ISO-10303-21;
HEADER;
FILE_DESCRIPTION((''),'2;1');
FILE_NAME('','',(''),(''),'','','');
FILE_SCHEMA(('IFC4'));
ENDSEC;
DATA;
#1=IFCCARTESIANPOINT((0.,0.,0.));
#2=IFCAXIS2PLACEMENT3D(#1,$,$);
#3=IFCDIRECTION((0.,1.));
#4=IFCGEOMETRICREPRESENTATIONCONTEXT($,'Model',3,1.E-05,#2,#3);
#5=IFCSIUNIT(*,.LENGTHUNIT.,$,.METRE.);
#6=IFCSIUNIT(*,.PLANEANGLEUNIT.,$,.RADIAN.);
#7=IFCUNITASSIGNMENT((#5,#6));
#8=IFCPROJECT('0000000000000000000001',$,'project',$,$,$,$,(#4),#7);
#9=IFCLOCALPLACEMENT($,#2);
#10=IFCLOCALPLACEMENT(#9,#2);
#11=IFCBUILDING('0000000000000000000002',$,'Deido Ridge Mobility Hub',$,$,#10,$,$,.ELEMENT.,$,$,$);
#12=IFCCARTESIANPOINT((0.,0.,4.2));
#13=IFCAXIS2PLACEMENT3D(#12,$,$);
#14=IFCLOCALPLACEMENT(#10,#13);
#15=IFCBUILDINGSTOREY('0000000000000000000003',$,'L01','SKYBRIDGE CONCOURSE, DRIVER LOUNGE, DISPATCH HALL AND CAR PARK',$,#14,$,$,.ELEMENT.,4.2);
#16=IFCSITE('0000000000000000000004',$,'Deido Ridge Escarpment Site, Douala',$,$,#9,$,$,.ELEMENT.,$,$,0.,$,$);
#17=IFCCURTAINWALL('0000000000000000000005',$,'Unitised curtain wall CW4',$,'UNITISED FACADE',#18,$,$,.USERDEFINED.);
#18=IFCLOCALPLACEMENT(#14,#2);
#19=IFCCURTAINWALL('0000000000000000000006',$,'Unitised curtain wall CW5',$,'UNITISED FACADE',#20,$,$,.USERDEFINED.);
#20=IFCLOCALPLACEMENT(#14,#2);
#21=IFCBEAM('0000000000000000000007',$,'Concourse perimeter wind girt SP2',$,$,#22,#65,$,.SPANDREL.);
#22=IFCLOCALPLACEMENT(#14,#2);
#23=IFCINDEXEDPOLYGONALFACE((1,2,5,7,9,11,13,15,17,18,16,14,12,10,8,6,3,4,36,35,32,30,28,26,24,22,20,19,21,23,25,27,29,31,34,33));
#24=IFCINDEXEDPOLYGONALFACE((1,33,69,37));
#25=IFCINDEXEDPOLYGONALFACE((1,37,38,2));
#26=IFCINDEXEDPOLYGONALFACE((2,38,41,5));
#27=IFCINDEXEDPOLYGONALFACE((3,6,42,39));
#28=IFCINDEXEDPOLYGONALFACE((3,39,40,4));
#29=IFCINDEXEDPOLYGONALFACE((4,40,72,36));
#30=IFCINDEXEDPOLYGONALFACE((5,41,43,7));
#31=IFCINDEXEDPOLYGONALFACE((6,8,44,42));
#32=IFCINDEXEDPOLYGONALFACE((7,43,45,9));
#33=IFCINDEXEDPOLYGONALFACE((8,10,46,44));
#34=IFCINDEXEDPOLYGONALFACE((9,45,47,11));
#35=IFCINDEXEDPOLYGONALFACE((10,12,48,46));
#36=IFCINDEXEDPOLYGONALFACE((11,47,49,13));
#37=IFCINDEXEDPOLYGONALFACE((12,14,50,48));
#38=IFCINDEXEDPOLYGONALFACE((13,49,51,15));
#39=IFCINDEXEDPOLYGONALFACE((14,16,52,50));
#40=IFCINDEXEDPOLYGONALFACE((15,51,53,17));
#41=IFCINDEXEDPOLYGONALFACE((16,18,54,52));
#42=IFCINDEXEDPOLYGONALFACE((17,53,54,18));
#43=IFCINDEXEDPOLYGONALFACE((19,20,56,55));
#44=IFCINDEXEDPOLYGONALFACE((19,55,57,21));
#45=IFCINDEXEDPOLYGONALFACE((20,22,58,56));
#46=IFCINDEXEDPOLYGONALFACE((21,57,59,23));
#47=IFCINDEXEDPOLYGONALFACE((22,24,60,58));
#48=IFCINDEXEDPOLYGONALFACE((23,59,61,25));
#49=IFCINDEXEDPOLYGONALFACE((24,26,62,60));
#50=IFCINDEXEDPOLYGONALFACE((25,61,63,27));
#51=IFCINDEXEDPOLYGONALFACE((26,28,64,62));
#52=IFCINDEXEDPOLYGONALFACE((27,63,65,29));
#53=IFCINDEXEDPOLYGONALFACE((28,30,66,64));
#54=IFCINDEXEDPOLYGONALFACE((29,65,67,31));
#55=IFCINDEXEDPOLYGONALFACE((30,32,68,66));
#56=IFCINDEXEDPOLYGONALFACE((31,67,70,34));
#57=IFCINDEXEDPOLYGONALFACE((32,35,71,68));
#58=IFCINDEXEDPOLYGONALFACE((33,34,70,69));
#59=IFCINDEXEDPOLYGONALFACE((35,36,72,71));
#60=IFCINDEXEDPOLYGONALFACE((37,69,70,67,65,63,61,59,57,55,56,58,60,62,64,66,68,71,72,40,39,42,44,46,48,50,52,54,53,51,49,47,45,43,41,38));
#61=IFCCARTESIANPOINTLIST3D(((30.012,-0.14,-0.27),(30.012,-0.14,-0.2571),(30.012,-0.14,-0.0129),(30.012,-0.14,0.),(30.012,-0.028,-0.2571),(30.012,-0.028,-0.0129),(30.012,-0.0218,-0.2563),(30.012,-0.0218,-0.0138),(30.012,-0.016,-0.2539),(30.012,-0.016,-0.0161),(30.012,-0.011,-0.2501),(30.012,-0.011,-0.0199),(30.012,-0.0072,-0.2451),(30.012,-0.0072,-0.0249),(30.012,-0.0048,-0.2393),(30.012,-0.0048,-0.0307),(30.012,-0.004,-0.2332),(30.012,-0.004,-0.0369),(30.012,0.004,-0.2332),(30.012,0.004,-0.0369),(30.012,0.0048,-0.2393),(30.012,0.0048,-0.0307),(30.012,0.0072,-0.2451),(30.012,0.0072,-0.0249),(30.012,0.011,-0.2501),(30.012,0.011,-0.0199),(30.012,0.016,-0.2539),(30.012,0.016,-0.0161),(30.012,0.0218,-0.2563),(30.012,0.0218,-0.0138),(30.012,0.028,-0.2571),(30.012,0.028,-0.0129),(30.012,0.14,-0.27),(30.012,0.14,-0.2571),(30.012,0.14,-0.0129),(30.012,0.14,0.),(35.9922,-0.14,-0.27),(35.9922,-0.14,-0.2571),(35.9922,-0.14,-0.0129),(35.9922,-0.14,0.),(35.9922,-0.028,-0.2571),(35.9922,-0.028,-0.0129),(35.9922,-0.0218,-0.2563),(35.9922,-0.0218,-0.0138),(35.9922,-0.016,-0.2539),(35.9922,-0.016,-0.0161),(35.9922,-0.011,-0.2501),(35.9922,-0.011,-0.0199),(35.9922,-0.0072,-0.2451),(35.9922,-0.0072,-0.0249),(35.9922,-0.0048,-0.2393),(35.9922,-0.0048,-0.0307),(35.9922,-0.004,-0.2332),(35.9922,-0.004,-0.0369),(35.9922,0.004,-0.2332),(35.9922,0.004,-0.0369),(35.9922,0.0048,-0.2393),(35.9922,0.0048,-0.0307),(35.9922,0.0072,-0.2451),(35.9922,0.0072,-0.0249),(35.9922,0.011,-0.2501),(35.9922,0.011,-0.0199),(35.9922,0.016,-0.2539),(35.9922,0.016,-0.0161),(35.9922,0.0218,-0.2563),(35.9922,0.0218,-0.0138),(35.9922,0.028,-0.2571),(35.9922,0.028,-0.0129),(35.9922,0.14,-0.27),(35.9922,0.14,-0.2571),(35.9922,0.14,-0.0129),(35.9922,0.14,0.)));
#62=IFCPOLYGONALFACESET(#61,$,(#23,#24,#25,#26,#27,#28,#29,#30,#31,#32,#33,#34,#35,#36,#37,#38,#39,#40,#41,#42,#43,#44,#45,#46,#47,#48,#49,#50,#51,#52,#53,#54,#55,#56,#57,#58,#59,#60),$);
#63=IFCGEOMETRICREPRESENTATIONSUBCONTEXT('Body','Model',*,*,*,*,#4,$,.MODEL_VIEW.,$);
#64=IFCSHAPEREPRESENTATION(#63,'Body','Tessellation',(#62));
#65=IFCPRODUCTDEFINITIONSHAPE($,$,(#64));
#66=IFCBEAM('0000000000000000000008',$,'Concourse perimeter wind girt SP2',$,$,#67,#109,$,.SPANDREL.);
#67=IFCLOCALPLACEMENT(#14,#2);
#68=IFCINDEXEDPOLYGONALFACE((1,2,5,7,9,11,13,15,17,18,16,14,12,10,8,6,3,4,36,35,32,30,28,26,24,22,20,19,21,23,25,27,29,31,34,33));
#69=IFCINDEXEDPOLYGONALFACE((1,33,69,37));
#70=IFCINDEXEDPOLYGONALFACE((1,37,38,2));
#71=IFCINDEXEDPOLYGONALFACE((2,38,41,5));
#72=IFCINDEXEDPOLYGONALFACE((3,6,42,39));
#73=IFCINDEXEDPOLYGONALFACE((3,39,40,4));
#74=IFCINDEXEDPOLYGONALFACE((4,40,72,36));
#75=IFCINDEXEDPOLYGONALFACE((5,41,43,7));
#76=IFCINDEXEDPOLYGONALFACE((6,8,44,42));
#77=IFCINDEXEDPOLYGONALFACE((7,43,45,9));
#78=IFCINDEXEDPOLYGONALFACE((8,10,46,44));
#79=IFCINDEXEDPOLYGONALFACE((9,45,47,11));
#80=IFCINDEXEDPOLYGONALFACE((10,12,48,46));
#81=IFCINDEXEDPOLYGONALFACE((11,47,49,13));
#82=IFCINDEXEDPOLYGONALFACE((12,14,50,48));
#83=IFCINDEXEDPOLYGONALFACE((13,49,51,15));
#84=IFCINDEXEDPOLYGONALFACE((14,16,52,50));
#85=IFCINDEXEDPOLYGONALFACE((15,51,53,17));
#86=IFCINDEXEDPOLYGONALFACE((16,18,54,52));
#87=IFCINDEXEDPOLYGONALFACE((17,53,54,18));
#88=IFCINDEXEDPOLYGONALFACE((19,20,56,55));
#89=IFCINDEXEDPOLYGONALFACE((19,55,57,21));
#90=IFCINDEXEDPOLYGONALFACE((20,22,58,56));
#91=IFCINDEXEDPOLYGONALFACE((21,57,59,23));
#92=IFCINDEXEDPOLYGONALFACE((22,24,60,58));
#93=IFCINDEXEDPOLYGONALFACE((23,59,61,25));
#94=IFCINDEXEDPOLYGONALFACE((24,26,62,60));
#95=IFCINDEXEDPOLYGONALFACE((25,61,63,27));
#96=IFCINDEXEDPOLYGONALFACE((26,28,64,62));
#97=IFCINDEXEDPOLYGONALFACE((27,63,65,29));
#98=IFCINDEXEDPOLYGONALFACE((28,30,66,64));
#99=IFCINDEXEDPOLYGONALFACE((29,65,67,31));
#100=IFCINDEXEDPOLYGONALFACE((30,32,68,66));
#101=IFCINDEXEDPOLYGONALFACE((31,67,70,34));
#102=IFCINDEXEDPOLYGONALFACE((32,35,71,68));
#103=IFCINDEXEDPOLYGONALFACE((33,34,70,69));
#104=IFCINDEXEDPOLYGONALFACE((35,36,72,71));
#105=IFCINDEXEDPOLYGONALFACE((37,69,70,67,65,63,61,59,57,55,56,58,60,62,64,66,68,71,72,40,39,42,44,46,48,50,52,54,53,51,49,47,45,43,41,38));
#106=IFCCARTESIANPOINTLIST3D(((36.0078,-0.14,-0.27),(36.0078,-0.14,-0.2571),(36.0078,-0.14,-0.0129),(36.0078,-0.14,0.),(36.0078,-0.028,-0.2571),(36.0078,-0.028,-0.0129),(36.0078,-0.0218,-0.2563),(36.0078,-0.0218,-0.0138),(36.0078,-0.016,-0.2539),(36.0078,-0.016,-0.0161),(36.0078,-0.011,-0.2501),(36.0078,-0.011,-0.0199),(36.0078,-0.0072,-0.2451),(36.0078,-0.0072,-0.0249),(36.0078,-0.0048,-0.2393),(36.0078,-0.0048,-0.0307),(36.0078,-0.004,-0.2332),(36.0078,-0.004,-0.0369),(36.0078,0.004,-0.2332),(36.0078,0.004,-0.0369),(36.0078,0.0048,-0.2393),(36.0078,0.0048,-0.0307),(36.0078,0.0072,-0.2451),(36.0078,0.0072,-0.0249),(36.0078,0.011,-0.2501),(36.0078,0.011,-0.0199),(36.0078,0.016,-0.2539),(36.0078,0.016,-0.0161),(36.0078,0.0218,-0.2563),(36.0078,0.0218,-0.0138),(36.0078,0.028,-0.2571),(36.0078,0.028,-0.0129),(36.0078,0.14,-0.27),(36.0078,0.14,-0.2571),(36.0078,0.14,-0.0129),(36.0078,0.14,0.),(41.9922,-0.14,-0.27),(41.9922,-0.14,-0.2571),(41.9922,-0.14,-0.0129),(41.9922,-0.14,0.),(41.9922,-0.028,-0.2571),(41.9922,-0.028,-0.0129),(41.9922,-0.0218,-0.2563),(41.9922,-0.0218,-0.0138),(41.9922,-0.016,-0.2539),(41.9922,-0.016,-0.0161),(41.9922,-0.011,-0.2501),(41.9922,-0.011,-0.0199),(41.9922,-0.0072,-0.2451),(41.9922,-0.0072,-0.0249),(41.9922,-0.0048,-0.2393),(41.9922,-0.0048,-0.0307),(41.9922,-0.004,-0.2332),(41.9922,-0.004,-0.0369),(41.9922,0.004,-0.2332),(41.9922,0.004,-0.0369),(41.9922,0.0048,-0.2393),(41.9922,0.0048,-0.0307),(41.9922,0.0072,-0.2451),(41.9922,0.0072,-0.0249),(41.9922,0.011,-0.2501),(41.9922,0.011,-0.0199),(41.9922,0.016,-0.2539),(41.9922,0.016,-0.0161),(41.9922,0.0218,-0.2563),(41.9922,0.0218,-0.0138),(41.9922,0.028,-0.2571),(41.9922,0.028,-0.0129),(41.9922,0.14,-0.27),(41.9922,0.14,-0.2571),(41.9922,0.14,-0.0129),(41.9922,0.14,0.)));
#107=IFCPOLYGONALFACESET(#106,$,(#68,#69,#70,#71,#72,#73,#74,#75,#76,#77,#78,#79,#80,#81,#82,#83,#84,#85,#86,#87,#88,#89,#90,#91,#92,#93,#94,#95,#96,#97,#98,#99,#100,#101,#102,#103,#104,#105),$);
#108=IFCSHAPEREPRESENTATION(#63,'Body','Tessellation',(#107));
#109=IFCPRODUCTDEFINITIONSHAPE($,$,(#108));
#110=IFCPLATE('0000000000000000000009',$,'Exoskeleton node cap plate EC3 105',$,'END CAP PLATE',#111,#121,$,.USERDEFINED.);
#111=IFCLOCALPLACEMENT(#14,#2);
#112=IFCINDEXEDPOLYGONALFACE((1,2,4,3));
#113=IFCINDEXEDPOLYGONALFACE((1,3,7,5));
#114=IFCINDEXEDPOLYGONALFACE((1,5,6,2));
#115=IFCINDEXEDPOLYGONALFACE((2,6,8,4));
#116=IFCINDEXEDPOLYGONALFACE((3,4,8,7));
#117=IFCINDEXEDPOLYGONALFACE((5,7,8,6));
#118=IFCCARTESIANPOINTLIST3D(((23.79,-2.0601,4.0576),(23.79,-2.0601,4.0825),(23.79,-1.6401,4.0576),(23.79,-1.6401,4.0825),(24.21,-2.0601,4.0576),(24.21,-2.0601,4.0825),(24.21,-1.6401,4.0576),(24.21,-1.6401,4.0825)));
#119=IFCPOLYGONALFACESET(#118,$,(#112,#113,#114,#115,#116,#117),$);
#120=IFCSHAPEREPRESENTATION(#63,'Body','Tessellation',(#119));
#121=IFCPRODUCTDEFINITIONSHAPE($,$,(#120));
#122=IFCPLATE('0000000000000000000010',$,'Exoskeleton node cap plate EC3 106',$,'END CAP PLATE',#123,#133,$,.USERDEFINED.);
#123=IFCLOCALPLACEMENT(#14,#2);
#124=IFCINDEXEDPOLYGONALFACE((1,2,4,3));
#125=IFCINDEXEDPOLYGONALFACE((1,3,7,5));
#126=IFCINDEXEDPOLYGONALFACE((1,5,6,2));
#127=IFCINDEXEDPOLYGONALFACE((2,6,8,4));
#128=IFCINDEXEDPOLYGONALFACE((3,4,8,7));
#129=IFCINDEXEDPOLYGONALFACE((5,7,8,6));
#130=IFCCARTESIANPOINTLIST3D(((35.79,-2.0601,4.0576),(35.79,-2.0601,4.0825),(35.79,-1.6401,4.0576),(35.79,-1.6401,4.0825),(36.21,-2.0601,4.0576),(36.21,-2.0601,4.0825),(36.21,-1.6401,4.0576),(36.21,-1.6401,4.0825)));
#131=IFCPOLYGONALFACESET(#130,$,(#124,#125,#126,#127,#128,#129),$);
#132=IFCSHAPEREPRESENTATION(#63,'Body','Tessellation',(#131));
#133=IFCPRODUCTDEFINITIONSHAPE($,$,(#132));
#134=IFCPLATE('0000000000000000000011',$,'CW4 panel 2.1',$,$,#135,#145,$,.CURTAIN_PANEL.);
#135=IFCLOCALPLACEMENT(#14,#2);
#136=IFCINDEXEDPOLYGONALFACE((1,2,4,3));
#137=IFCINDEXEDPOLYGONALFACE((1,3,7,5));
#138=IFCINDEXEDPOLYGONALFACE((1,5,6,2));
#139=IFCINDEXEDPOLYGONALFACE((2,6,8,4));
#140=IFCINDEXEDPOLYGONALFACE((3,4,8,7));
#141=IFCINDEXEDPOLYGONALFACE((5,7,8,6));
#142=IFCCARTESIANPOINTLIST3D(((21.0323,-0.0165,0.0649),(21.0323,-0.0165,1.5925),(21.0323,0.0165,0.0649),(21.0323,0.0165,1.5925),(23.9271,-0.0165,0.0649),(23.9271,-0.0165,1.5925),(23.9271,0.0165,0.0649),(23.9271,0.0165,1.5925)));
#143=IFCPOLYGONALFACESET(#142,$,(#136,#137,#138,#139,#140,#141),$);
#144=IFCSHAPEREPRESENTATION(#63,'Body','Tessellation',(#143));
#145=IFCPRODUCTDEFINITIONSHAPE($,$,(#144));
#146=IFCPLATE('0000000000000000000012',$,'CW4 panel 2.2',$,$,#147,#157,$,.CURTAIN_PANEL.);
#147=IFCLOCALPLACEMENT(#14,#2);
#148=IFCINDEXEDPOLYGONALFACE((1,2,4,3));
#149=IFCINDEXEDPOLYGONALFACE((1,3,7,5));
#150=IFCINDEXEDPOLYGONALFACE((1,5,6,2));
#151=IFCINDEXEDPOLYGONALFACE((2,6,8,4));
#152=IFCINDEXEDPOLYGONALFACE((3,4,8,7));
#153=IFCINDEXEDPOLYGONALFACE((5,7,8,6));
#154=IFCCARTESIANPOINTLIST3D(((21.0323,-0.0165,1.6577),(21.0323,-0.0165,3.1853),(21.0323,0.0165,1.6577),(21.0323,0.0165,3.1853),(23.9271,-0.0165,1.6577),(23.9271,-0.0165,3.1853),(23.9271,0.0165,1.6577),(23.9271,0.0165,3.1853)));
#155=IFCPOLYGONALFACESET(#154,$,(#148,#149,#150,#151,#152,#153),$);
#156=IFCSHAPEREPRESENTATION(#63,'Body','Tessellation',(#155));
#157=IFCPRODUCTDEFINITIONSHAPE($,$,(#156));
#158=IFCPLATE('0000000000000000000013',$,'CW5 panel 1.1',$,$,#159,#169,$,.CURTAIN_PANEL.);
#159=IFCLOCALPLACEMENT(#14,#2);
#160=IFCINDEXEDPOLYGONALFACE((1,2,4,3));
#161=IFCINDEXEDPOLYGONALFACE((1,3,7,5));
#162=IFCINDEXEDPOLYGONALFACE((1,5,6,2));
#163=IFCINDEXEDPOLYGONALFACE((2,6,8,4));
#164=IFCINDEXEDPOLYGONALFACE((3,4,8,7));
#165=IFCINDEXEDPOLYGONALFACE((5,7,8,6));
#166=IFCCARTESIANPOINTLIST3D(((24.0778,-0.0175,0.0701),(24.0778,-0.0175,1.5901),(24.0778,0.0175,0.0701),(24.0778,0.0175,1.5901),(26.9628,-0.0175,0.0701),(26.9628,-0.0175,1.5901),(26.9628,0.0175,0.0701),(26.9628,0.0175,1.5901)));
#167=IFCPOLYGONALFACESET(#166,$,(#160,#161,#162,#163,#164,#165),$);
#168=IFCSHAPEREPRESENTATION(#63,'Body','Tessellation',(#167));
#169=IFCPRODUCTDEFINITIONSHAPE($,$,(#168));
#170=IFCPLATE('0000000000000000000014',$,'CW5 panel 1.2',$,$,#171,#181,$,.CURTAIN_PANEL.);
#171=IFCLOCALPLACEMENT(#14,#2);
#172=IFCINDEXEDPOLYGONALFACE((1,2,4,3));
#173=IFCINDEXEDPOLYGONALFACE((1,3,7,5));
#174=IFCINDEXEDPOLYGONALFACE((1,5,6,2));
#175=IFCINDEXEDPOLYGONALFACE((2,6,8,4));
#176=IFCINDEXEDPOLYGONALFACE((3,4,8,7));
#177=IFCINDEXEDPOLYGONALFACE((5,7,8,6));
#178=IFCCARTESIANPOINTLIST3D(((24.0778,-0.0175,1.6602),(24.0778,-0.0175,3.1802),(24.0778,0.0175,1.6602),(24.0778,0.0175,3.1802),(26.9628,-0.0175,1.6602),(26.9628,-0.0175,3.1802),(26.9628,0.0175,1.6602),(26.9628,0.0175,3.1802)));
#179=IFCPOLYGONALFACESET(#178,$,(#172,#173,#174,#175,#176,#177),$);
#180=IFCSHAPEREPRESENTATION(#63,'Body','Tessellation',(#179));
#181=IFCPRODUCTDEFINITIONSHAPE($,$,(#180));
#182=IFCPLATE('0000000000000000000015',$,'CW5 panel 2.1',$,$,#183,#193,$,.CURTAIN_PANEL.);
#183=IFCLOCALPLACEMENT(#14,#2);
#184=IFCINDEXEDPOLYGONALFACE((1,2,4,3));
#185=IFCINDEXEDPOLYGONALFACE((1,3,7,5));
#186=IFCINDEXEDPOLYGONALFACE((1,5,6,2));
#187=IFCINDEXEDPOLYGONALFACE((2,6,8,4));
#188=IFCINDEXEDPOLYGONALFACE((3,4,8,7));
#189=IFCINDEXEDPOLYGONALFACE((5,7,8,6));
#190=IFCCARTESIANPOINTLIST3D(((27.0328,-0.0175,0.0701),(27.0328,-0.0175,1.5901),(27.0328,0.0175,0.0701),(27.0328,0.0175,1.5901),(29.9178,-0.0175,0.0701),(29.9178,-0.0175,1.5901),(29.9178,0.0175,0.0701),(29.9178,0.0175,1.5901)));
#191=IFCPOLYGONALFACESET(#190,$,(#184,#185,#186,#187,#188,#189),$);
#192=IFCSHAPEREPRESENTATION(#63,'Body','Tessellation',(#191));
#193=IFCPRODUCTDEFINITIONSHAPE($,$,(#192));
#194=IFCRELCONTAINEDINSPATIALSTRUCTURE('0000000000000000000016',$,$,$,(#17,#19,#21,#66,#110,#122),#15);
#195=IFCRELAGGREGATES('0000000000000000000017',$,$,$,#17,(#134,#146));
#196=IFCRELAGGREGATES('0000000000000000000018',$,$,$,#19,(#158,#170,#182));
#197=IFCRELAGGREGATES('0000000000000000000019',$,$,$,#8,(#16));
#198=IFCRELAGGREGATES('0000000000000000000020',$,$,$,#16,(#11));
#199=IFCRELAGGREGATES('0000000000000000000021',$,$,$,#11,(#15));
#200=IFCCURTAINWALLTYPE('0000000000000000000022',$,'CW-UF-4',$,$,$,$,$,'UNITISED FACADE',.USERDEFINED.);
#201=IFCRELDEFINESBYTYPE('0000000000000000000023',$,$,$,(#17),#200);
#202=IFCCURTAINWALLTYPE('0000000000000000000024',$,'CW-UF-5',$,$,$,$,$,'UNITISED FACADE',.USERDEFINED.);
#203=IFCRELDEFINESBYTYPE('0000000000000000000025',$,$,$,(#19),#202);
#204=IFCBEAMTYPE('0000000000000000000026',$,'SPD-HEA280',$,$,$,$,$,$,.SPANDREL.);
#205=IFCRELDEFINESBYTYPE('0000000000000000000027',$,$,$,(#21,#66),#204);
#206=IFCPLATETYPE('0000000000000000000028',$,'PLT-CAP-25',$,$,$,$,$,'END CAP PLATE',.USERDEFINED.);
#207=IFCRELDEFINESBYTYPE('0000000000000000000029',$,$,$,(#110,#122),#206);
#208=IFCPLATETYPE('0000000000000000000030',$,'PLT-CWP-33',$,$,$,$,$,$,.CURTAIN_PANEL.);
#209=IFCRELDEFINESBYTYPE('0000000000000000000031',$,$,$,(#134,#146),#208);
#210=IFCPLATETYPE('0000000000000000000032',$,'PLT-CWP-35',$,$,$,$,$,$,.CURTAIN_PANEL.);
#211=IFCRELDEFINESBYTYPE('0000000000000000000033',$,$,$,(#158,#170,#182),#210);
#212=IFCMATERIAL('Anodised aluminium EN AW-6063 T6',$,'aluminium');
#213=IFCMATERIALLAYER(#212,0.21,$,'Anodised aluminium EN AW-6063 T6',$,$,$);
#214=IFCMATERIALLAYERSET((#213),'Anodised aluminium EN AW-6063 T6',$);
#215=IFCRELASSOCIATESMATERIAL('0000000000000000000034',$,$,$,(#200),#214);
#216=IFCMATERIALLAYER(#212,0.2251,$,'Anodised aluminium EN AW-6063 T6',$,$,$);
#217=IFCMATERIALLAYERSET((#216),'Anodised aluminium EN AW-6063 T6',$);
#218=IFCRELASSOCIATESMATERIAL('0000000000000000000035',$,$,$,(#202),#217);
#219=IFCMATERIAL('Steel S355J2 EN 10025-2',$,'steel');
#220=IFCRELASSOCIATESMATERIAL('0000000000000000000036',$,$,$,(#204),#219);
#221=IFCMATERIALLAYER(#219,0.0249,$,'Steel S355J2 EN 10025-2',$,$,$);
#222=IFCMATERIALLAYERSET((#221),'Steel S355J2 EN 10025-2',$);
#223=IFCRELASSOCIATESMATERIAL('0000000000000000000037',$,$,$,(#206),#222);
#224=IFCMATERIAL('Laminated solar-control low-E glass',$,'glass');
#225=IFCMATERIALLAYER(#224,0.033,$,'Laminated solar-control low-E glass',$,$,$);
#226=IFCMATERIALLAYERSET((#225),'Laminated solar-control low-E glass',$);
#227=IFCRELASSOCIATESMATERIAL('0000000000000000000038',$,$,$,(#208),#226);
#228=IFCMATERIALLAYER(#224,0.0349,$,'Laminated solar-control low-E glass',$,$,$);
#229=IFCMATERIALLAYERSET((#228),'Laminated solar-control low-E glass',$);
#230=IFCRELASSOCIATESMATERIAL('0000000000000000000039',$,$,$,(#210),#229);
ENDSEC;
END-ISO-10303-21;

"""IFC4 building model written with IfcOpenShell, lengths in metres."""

from ifc_helpers import new_model, si_unit, direction, frame, origin, origin_2d, place, context, subcontext, project, spatial, rectangle, i_section, extrude, material, layer, layer_set, material_profile, profile_set, type_object, element, aggregate, save


model = new_model("IFC4")

# Units and contexts
model_context = context("Model", 3, precision=1e-05, world=origin(), true_north=direction((0.0, 1.0)))
body_context = subcontext(model_context, "Body", "Model", "MODEL_VIEW")
ifc_project = project(units=[si_unit("LENGTHUNIT", "METRE"), si_unit("PLANEANGLEUNIT", "RADIAN")], contexts=[model_context])

# Site, building, storey
site_placement = place(None, origin())
site = spatial("IfcSite", under=ifc_project, at=site_placement, Name="Deido Ridge Escarpment Site, Douala", CompositionType="ELEMENT", RefElevation=0.0)
building_placement = place(site_placement, origin())
building = spatial("IfcBuilding", under=site, at=building_placement, Name="Deido Ridge Mobility Hub", CompositionType="ELEMENT")
storey_placement = place(building_placement, frame((0.0, 0.0, 4.2)))
storey = spatial("IfcBuildingStorey", under=building, at=storey_placement, Name="L01", Description="SKYBRIDGE CONCOURSE, DRIVER LOUNGE, DISPATCH HALL AND CAR PARK", CompositionType="ELEMENT", Elevation=4.2)

# Shared definitions
ifc_material_1 = material(Name="Steel S355J2 EN 10025-2", Category="steel")

# Curtain wall
ifc_material_2 = material(Name="Anodised aluminium EN AW-6063 T6", Category="aluminium")
ifc_layer_1 = layer(ifc_material_2, 0.21, Name="Anodised aluminium EN AW-6063 T6")
ifc_layer_set_1 = layer_set([ifc_layer_1], Name="Anodised aluminium EN AW-6063 T6")
curtain_wall_type_1 = type_object("IfcCurtainWallType", Name="CW-UF-4", ElementType="UNITISED FACADE", PredefinedType="USERDEFINED", material=ifc_layer_set_1)
curtain_wall_1_placement = place(storey_placement, origin())
curtain_wall_1 = element("IfcCurtainWall", 1, at=curtain_wall_1_placement, inside=storey, type_object=curtain_wall_type_1, Name="Unitised curtain wall CW4", ObjectType="UNITISED FACADE", PredefinedType="USERDEFINED")

# Curtain wall
ifc_layer_2 = layer(ifc_material_2, 0.2251, Name="Anodised aluminium EN AW-6063 T6")
ifc_layer_set_2 = layer_set([ifc_layer_2], Name="Anodised aluminium EN AW-6063 T6")
curtain_wall_type_2 = type_object("IfcCurtainWallType", Name="CW-UF-5", ElementType="UNITISED FACADE", PredefinedType="USERDEFINED", material=ifc_layer_set_2)
curtain_wall_2_placement = place(storey_placement, origin())
curtain_wall_2 = element("IfcCurtainWall", 2, at=curtain_wall_2_placement, inside=storey, type_object=curtain_wall_type_2, Name="Unitised curtain wall CW5", ObjectType="UNITISED FACADE", PredefinedType="USERDEFINED")

# Beams
ifc_material_profile_1 = material_profile(ifc_material_1, i_section(OverallWidth=0.28, OverallDepth=0.27, WebThickness=0.0081, FlangeThickness=0.0129, FilletRadius=0.0239, at=origin_2d()), Name="HEA 280")
ifc_profile_set_1 = profile_set([ifc_material_profile_1], Name="Steel S355J2 EN 10025-2")
beam_type = type_object("IfcBeamType", Name="SPD-HEA280", PredefinedType="SPANDREL", material=ifc_profile_set_1)
for number, where, z_axis, x_axis, name in (
    (3, (30.012, 0.0, -0.135), (1.0, 0.0, 0.0), (0.0, 1.0, 0.0), "Concourse perimeter wind girt SP2"),
):
    element("IfcBeam", number, at=place(storey_placement, frame(where, z_axis=z_axis, x_axis=x_axis)), inside=storey, type_object=beam_type, Name=name, PredefinedType="SPANDREL", context=body_context, shape_type="SweptSolid", body=[
        extrude(i_section(OverallWidth=0.28, OverallDepth=0.27, WebThickness=0.0081, FlangeThickness=0.0129, FilletRadius=0.0239, at=origin_2d()), origin(), (0.0, 0.0, 1.0), 5.9802),
    ])
beam_placement = place(storey_placement, frame((36.0078, 0.0, -0.135), z_axis=(1.0, 0.0, 0.0), x_axis=(0.0, 1.0, 0.0)))
element("IfcBeam", 4, at=beam_placement, inside=storey, type_object=beam_type, Name="Concourse perimeter wind girt SP2", PredefinedType="SPANDREL", context=body_context, shape_type="SweptSolid", body=[
    extrude(i_section(OverallWidth=0.28, OverallDepth=0.27, WebThickness=0.0081, FlangeThickness=0.0129, FilletRadius=0.0239, at=origin_2d()), origin(), (0.0, 0.0, 1.0), 5.9844),
])

# Plates
ifc_layer_3 = layer(ifc_material_1, 0.0249, Name="Steel S355J2 EN 10025-2")
ifc_layer_set_3 = layer_set([ifc_layer_3], Name="Steel S355J2 EN 10025-2")
plate_type_1 = type_object("IfcPlateType", Name="PLT-CAP-25", ElementType="END CAP PLATE", PredefinedType="USERDEFINED", material=ifc_layer_set_3)
for number, where, z_axis, x_axis, name in (
    (5, (24.0, -1.8501, 4.0576), (0.0, 0.0, 1.0), (1.0, 0.0, 0.0), "Exoskeleton node cap plate EC3 105"),
    (6, (36.0, -1.8501, 4.0576), (0.0, 0.0, 1.0), (1.0, 0.0, 0.0), "Exoskeleton node cap plate EC3 106"),
):
    element("IfcPlate", number, at=place(storey_placement, frame(where, z_axis=z_axis, x_axis=x_axis)), inside=storey, type_object=plate_type_1, Name=name, ObjectType="END CAP PLATE", PredefinedType="USERDEFINED", context=body_context, shape_type="SweptSolid", body=[
        extrude(rectangle(XDim=0.4199, YDim=0.4199, at=origin_2d()), origin(), (0.0, 0.0, 1.0), 0.0249),
    ])

# Plates
ifc_material_3 = material(Name="Laminated solar-control low-E glass", Category="glass")
ifc_layer_4 = layer(ifc_material_3, 0.033, Name="Laminated solar-control low-E glass")
ifc_layer_set_4 = layer_set([ifc_layer_4], Name="Laminated solar-control low-E glass")
plate_type_2 = type_object("IfcPlateType", Name="PLT-CWP-33", PredefinedType="CURTAIN_PANEL", material=ifc_layer_set_4)
plate_1_placement = place(storey_placement, frame((22.4797, 0.0, 0.0649), z_axis=(0.0, 0.0, 1.0), x_axis=(1.0, 0.0, 0.0)))
plate_1 = element("IfcPlate", 7, at=plate_1_placement, type_object=plate_type_2, Name="CW4 panel 2.1", PredefinedType="CURTAIN_PANEL", context=body_context, shape_type="SweptSolid", body=[
    extrude(rectangle(XDim=2.8948, YDim=0.033, at=origin_2d()), origin(), (0.0, 0.0, 1.0), 1.5276),
])
plate_2_placement = place(storey_placement, frame((22.4797, 0.0, 1.6577), z_axis=(0.0, 0.0, 1.0), x_axis=(1.0, 0.0, 0.0)))
plate_2 = element("IfcPlate", 8, at=plate_2_placement, type_object=plate_type_2, Name="CW4 panel 2.2", PredefinedType="CURTAIN_PANEL", context=body_context, shape_type="SweptSolid", body=[
    extrude(rectangle(XDim=2.8948, YDim=0.033, at=origin_2d()), origin(), (0.0, 0.0, 1.0), 1.5276),
])
aggregate(curtain_wall_1, [plate_1, plate_2])
ifc_layer_5 = layer(ifc_material_3, 0.0349, Name="Laminated solar-control low-E glass")
ifc_layer_set_5 = layer_set([ifc_layer_5], Name="Laminated solar-control low-E glass")
plate_type_3 = type_object("IfcPlateType", Name="PLT-CWP-35", PredefinedType="CURTAIN_PANEL", material=ifc_layer_set_5)
plate_3_placement = place(storey_placement, frame((25.5203, 0.0, 0.0701), z_axis=(0.0, 0.0, 1.0), x_axis=(1.0, 0.0, 0.0)))
plate_3 = element("IfcPlate", 9, at=plate_3_placement, type_object=plate_type_3, Name="CW5 panel 1.1", PredefinedType="CURTAIN_PANEL", context=body_context, shape_type="SweptSolid", body=[
    extrude(rectangle(XDim=2.885, YDim=0.0349, at=origin_2d()), origin(), (0.0, 0.0, 1.0), 1.52),
])
plate_4_placement = place(storey_placement, frame((25.5203, 0.0, 1.6602), z_axis=(0.0, 0.0, 1.0), x_axis=(1.0, 0.0, 0.0)))
plate_4 = element("IfcPlate", 10, at=plate_4_placement, type_object=plate_type_3, Name="CW5 panel 1.2", PredefinedType="CURTAIN_PANEL", context=body_context, shape_type="SweptSolid", body=[
    extrude(rectangle(XDim=2.885, YDim=0.0349, at=origin_2d()), origin(), (0.0, 0.0, 1.0), 1.52),
])
plate_5_placement = place(storey_placement, frame((28.4753, 0.0, 0.0701), z_axis=(0.0, 0.0, 1.0), x_axis=(1.0, 0.0, 0.0)))
plate_5 = element("IfcPlate", 11, at=plate_5_placement, type_object=plate_type_3, Name="CW5 panel 2.1", PredefinedType="CURTAIN_PANEL", context=body_context, shape_type="SweptSolid", body=[
    extrude(rectangle(XDim=2.885, YDim=0.0349, at=origin_2d()), origin(), (0.0, 0.0, 1.0), 1.52),
])
aggregate(curtain_wall_2, [plate_3, plate_4, plate_5])

save(model, "model.ifc")
